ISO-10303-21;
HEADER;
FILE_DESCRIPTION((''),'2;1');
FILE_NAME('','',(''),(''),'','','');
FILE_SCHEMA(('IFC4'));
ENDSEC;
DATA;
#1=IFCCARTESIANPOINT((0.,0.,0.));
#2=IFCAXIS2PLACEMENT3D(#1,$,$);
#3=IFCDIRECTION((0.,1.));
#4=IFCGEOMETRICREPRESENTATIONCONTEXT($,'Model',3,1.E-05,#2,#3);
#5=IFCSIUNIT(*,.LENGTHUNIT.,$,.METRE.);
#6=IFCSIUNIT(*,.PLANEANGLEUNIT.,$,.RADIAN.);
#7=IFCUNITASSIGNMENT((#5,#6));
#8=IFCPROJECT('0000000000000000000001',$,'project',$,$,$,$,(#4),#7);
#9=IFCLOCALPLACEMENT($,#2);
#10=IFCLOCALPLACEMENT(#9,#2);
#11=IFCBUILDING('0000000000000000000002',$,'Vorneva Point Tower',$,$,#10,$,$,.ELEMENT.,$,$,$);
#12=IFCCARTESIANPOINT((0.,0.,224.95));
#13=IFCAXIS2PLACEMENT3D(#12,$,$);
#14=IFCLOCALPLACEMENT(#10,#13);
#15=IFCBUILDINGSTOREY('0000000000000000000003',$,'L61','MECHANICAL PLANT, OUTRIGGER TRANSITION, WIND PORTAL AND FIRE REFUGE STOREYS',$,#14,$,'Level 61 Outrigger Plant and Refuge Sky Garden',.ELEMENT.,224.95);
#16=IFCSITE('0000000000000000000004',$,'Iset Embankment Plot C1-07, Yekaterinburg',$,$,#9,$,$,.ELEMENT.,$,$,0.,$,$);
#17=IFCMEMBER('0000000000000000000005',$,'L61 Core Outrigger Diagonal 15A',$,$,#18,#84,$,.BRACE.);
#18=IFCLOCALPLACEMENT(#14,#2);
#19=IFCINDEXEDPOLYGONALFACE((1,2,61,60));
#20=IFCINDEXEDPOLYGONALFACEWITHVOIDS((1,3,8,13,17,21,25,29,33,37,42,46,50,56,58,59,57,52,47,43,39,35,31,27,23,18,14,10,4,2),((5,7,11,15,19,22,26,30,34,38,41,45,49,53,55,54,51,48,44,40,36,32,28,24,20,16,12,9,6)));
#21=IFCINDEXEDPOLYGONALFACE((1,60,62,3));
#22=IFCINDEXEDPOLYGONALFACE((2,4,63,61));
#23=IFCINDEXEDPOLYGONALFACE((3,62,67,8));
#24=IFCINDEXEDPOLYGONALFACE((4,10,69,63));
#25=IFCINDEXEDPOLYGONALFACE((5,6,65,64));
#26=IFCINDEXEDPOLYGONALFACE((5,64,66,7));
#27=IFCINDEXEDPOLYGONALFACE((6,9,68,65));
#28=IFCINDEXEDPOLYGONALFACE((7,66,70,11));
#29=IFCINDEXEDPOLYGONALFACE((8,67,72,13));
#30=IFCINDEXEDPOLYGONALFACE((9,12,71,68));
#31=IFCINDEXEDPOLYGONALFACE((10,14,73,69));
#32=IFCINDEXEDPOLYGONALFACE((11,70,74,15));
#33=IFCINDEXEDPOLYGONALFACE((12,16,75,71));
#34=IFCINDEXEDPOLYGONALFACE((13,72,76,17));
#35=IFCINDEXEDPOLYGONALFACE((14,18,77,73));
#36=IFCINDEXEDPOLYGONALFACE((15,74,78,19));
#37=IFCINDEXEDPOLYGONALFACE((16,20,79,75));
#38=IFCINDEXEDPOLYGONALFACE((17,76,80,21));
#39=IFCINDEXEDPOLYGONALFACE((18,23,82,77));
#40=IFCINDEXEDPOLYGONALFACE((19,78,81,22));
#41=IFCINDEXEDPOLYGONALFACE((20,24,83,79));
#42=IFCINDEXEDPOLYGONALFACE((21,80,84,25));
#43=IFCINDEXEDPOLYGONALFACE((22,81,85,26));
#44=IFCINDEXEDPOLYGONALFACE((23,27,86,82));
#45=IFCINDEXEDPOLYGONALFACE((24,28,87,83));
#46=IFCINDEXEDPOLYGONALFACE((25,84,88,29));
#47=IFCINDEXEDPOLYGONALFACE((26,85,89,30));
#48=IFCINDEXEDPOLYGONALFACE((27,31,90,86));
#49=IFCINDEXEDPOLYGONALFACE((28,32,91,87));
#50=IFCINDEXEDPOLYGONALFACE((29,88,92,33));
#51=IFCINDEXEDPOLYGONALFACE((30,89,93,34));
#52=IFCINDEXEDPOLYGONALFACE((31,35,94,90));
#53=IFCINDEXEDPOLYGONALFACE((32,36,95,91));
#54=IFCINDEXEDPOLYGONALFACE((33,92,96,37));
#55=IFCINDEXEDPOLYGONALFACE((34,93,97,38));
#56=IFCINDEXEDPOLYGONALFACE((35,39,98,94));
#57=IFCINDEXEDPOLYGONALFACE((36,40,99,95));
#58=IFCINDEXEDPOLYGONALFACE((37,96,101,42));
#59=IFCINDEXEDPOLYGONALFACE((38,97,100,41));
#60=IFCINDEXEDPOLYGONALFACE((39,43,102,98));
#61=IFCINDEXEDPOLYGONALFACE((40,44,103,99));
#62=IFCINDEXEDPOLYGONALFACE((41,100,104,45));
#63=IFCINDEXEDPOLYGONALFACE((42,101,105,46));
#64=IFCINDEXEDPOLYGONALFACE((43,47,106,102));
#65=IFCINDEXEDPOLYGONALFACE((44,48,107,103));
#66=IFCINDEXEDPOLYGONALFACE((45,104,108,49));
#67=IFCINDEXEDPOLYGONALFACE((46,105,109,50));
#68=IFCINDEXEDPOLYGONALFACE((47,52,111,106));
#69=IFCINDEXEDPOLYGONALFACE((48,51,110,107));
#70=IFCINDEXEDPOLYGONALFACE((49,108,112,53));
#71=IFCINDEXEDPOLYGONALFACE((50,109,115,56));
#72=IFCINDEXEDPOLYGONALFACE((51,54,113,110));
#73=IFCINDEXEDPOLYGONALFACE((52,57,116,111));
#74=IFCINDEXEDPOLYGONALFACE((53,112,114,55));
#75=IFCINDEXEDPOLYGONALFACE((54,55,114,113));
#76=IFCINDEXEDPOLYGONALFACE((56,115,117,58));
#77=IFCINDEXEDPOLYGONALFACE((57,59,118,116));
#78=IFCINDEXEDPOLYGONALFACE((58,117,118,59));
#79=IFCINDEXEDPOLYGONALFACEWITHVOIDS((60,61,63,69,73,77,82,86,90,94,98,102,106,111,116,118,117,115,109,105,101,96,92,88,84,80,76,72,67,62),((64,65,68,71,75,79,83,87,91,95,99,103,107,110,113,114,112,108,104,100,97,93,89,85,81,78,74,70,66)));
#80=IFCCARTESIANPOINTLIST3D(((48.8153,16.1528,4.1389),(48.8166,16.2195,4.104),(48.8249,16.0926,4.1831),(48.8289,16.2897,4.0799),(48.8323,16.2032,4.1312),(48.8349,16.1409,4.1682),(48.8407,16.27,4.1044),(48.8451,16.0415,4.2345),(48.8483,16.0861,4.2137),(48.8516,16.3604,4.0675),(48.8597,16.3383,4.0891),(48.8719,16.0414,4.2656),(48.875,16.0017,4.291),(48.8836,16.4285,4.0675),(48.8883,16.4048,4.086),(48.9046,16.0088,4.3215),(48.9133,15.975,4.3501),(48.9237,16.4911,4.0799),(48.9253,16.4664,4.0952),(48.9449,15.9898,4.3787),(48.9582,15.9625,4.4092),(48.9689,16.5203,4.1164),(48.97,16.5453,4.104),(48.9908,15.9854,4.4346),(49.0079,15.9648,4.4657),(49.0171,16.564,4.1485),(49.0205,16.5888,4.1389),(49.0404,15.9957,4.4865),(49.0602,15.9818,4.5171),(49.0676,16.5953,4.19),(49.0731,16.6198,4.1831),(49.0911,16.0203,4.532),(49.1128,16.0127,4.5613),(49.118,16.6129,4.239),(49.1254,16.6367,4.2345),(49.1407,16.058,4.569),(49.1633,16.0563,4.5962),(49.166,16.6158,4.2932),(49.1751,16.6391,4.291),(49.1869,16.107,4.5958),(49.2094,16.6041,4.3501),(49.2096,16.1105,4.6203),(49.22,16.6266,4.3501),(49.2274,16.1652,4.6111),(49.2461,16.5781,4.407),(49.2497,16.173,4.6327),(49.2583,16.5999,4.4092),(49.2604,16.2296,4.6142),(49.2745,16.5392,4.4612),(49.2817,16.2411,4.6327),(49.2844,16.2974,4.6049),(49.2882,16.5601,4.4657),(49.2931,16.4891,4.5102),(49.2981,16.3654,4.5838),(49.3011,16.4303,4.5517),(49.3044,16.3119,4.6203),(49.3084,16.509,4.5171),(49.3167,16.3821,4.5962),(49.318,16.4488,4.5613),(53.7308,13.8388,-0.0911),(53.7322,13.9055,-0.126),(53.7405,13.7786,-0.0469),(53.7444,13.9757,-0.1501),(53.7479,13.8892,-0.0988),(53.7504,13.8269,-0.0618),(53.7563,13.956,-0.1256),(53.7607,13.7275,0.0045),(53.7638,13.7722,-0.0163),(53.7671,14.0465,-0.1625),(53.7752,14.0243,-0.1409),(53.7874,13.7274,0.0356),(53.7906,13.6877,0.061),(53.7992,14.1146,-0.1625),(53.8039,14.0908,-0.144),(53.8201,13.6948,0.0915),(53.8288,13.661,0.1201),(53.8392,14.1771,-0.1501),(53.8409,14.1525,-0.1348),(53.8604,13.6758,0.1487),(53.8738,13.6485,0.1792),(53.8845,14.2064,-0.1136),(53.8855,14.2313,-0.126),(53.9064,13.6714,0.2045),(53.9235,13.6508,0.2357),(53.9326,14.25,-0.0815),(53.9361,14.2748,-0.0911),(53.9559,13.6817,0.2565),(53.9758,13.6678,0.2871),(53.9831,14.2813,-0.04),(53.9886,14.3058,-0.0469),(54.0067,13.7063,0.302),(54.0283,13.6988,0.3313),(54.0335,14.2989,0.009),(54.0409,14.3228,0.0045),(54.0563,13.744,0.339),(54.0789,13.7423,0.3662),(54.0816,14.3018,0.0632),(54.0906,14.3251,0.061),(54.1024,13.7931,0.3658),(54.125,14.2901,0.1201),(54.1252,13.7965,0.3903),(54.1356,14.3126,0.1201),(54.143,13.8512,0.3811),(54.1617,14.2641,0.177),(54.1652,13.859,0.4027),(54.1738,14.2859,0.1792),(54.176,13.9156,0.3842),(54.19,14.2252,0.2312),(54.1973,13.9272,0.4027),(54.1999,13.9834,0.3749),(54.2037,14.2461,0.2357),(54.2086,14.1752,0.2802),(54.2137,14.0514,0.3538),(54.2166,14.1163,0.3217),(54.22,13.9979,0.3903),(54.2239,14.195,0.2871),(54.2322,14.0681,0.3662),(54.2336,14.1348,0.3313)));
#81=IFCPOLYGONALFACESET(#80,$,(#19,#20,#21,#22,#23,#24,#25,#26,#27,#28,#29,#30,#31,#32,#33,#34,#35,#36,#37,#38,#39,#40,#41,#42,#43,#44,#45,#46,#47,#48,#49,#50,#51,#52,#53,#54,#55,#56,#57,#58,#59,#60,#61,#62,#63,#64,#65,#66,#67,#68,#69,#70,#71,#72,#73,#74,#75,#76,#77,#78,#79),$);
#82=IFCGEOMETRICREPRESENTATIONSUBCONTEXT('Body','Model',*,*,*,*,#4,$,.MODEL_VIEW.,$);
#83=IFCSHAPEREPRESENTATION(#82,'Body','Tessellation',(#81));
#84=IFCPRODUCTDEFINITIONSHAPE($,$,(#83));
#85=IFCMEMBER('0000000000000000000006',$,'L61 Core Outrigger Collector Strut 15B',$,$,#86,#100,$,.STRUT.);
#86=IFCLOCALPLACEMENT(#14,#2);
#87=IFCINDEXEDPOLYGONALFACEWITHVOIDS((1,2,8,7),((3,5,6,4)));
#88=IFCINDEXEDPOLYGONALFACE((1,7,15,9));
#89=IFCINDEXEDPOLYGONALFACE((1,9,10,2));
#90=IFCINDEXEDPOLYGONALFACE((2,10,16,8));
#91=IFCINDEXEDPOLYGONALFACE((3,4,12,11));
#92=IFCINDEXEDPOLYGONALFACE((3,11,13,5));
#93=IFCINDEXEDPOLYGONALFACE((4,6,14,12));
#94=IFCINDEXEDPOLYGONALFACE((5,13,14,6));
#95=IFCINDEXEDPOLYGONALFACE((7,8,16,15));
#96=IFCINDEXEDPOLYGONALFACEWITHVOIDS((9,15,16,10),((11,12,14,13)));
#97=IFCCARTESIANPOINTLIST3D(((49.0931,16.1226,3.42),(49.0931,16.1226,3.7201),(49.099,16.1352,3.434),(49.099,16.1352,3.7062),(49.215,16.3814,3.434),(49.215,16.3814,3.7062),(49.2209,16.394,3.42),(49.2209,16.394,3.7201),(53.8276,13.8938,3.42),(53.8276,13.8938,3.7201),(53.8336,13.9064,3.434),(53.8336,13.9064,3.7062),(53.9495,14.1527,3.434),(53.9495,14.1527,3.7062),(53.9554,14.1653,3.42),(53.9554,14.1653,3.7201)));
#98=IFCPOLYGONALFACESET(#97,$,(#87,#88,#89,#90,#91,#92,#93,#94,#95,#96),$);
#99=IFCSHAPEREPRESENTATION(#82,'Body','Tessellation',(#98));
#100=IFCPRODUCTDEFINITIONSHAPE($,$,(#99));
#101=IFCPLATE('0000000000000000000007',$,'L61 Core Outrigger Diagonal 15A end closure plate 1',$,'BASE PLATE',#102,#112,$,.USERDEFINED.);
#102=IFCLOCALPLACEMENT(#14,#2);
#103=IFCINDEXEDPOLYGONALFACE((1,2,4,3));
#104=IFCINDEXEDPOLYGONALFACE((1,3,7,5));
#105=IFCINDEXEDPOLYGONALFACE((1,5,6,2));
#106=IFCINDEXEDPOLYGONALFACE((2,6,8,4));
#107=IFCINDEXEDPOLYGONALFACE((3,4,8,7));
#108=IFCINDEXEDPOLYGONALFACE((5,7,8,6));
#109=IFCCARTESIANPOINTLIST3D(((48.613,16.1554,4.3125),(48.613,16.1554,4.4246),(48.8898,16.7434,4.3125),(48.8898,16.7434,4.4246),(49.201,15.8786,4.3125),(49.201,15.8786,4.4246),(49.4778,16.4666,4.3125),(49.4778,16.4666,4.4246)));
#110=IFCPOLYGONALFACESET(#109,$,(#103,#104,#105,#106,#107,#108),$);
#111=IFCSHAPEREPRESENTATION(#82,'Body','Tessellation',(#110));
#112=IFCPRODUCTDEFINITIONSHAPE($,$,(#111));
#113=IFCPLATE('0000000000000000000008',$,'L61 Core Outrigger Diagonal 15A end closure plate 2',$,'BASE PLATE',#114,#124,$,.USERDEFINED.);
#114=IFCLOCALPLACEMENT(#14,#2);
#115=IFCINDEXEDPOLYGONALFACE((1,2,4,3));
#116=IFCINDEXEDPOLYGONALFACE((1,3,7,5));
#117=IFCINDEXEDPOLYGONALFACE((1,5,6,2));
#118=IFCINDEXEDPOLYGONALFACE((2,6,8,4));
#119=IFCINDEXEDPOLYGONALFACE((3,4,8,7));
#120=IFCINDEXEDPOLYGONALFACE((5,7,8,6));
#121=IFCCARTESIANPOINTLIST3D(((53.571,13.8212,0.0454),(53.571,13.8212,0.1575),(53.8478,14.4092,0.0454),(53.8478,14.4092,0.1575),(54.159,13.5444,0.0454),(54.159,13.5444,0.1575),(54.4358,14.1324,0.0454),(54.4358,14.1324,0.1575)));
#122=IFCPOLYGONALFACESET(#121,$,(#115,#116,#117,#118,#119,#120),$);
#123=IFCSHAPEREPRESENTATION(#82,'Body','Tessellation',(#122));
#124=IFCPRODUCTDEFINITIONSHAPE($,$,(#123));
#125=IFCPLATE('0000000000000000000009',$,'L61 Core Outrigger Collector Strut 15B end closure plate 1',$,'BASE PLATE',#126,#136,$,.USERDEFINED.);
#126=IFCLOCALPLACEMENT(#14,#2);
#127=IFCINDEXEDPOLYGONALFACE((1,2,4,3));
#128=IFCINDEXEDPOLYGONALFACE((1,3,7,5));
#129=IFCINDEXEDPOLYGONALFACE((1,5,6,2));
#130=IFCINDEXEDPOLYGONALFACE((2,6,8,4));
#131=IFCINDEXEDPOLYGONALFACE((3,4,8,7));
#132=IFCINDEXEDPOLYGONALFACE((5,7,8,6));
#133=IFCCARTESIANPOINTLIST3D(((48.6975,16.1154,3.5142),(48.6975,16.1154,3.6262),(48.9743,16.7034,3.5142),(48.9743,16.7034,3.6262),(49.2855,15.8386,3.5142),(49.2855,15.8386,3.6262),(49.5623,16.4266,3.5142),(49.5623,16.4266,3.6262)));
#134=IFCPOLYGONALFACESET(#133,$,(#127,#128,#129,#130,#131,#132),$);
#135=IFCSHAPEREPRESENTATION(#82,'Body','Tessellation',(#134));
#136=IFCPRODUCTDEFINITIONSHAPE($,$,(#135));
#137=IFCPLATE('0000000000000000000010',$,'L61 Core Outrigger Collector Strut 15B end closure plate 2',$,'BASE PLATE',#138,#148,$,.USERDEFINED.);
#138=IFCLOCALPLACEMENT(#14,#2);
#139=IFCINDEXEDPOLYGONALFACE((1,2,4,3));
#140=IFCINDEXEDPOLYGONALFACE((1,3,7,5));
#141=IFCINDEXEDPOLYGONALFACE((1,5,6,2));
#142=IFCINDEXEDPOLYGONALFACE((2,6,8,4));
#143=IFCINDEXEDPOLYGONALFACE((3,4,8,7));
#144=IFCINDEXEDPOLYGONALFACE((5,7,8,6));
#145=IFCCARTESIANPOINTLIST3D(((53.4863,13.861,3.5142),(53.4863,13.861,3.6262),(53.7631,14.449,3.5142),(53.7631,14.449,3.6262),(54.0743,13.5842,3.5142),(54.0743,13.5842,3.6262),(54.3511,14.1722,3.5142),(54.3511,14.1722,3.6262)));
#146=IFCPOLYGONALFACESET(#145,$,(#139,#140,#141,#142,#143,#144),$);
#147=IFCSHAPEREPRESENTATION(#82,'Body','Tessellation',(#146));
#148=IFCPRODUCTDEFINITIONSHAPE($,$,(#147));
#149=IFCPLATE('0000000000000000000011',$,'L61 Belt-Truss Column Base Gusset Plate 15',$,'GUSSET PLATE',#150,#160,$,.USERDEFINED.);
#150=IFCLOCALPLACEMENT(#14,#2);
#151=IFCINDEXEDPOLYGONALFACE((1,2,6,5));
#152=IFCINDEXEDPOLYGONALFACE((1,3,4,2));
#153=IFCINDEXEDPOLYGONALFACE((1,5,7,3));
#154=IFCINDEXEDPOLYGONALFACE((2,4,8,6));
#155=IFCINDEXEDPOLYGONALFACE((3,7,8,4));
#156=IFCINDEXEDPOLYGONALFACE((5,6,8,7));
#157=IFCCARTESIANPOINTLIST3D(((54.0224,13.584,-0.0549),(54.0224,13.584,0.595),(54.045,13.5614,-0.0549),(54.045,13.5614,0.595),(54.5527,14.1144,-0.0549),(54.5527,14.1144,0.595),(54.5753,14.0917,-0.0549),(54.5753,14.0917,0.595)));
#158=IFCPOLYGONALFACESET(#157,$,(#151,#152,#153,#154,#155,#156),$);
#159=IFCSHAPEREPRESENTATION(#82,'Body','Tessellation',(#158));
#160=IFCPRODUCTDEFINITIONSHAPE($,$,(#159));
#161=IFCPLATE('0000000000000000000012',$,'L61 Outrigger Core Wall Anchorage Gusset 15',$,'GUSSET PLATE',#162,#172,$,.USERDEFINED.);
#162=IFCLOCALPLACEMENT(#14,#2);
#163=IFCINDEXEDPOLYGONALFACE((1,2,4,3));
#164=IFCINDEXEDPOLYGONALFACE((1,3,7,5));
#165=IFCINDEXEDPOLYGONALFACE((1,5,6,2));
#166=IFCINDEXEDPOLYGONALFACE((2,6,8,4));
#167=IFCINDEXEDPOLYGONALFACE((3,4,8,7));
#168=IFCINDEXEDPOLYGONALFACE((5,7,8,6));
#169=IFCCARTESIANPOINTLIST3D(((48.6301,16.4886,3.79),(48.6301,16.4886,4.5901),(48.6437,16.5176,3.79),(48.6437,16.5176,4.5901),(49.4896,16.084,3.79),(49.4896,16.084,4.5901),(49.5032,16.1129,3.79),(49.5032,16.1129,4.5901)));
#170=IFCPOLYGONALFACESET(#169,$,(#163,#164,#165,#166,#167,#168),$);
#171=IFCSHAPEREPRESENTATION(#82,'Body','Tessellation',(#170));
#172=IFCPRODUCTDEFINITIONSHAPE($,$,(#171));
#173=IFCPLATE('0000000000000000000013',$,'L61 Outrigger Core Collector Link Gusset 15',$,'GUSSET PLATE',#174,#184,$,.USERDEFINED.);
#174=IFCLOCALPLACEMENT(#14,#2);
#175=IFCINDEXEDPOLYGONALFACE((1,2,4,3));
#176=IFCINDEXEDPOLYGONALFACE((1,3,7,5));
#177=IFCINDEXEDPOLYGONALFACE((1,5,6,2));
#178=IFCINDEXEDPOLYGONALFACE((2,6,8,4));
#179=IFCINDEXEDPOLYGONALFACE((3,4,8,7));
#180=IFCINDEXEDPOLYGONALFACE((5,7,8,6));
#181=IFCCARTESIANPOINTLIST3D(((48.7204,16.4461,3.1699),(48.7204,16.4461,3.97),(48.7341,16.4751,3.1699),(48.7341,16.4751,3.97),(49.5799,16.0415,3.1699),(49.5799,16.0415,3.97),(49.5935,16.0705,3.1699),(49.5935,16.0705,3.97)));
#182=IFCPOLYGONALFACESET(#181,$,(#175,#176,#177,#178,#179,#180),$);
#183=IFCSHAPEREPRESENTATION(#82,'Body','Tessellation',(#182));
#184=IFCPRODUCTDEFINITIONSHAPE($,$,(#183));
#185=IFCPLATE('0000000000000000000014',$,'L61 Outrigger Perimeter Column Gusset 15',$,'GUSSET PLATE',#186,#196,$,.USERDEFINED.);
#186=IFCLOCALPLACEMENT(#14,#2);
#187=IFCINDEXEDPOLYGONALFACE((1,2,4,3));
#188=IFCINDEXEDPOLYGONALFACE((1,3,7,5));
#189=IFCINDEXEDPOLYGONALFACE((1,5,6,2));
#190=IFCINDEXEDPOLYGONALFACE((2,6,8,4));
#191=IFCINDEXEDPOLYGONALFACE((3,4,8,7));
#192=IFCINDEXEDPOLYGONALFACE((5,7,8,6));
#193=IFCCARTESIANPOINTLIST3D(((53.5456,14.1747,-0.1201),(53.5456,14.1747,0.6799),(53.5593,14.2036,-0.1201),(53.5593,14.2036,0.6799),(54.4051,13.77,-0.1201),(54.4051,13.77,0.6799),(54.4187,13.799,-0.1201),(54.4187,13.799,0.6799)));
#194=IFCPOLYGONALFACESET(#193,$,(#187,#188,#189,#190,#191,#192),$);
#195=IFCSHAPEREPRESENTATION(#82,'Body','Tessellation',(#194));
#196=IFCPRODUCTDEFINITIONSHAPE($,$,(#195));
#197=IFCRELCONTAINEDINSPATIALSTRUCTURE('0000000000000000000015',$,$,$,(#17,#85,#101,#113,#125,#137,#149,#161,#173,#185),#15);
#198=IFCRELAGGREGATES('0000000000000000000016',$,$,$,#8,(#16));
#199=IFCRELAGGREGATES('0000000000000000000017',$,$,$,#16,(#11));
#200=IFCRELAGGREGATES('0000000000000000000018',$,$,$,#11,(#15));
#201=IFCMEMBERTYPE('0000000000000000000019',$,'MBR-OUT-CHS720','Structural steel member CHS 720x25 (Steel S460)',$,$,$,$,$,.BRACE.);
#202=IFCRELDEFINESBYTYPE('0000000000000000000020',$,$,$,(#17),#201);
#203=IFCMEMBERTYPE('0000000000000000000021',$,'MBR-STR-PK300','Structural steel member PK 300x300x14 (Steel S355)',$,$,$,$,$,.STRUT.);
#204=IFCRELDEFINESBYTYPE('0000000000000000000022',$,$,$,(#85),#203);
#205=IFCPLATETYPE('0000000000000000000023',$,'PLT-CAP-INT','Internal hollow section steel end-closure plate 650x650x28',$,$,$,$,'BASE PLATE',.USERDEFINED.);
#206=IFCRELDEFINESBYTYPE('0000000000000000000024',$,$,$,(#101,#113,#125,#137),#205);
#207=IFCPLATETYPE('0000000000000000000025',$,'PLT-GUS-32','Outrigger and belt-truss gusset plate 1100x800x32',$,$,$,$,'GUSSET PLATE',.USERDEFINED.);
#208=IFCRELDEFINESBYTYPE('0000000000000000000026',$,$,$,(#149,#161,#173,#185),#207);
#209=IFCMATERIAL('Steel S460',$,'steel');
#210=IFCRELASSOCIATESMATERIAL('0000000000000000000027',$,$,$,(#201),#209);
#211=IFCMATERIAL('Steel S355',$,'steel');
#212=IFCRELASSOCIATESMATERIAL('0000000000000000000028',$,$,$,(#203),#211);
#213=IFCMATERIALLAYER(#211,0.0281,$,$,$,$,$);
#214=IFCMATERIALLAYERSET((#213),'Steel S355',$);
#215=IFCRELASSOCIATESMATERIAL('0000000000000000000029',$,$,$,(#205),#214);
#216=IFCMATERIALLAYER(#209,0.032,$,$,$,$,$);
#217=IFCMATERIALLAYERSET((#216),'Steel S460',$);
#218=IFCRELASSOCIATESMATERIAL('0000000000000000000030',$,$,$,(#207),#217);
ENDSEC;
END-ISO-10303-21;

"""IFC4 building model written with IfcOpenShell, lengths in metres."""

from ifc_helpers import new_model, si_unit, direction, frame, origin, origin_2d, place, context, subcontext, project, spatial, rectangle, hollow_rectangle, hollow_circle, extrude, material, layer, layer_set, material_profile, profile_set, type_object, element, save


model = new_model("IFC4")

# Units and contexts
model_context = context("Model", 3, precision=1e-05, world=origin(), true_north=direction((0.0, 1.0)))
body_context = subcontext(model_context, "Body", "Model", "MODEL_VIEW")
ifc_project = project(units=[si_unit("LENGTHUNIT", "METRE"), si_unit("PLANEANGLEUNIT", "RADIAN")], contexts=[model_context])

# Site, building, storey
site_placement = place(None, origin())
site = spatial("IfcSite", under=ifc_project, at=site_placement, Name="Iset Embankment Plot C1-07, Yekaterinburg", CompositionType="ELEMENT", RefElevation=0.0)
building_placement = place(site_placement, origin())
building = spatial("IfcBuilding", under=site, at=building_placement, Name="Vorneva Point Tower", CompositionType="ELEMENT")
storey_placement = place(building_placement, frame((0.0, 0.0, 224.95)))
storey = spatial("IfcBuildingStorey", under=building, at=storey_placement, Name="L61", Description="MECHANICAL PLANT, OUTRIGGER TRANSITION, WIND PORTAL AND FIRE REFUGE STOREYS", LongName="Level 61 Outrigger Plant and Refuge Sky Garden", CompositionType="ELEMENT", Elevation=224.95)

# Shared definitions
ifc_material_1 = material(Name="Steel S460", Category="steel")
ifc_material_2 = material(Name="Steel S355", Category="steel")

# Members
ifc_material_profile_1 = material_profile(ifc_material_1, hollow_circle(Radius=0.3601, WallThickness=0.0249, at=origin_2d()), Name="CHS 720x25")
ifc_profile_set_1 = profile_set([ifc_material_profile_1], Name="Steel S460")
member_type_1 = type_object("IfcMemberType", Name="MBR-OUT-CHS720", Description="Structural steel member CHS 720x25 (Steel S460)", PredefinedType="BRACE", material=ifc_profile_set_1)
member_1_placement = place(storey_placement, frame((49.0667, 16.3008, 4.3501), z_axis=(0.713899, -0.336065, -0.614335), x_axis=(0.425914, 0.904764, 0.0)))
element("IfcMember", 1, at=member_1_placement, inside=storey, type_object=member_type_1, Name="L61 Core Outrigger Diagonal 15A", PredefinedType="BRACE", context=body_context, shape_type="SweptSolid", body=[
    extrude(hollow_circle(Radius=0.3601, WallThickness=0.0249, at=origin_2d()), origin(), (0.0, 0.0, 1.0), 6.8855),
])
ifc_material_profile_2 = material_profile(ifc_material_2, hollow_rectangle(XDim=0.3, YDim=0.3, WallThickness=0.0139, at=origin_2d()), Name="PK 300x300x14")
ifc_profile_set_2 = profile_set([ifc_material_profile_2], Name="Steel S355")
member_type_2 = type_object("IfcMemberType", Name="MBR-STR-PK300", Description="Structural steel member PK 300x300x14 (Steel S355)", PredefinedType="STRUT", material=ifc_profile_set_2)
member_2_placement = place(storey_placement, frame((49.157, 16.2583, 3.5701), z_axis=(0.904767, -0.425907, 0.0), x_axis=(0.425907, 0.904767, 0.0)))
element("IfcMember", 2, at=member_2_placement, inside=storey, type_object=member_type_2, Name="L61 Core Outrigger Collector Strut 15B", PredefinedType="STRUT", context=body_context, shape_type="SweptSolid", body=[
    extrude(hollow_rectangle(XDim=0.3, YDim=0.3, WallThickness=0.0139, at=origin_2d()), origin(), (0.0, 0.0, 1.0), 5.2329),
])

# Plates
ifc_layer_1 = layer(ifc_material_2, 0.0281)
ifc_layer_set_1 = layer_set([ifc_layer_1], Name="Steel S355")
plate_type_1 = type_object("IfcPlateType", Name="PLT-CAP-INT", Description="Internal hollow section steel end-closure plate 650x650x28", ElementType="BASE PLATE", PredefinedType="USERDEFINED", material=ifc_layer_set_1)
for number, where, z_axis, x_axis, name in (
    (3, (49.0454, 16.311, 4.3125), (0.0, 0.0, 1.0), (0.90476, -0.425921, 0.0), "L61 Core Outrigger Diagonal 15A end closure plate 1"),
    (4, (54.0034, 13.9768, 0.0454), (0.0, 0.0, 1.0), (0.90476, -0.425921, 0.0), "L61 Core Outrigger Diagonal 15A end closure plate 2"),
    (5, (49.1299, 16.271, 3.5142), (0.0, 0.0, 1.0), (0.90476, -0.425921, 0.0), "L61 Core Outrigger Collector Strut 15B end closure plate 1"),
    (6, (53.9187, 14.0166, 3.5142), (0.0, 0.0, 1.0), (0.90476, -0.425921, 0.0), "L61 Core Outrigger Collector Strut 15B end closure plate 2"),
):
    element("IfcPlate", number, at=place(storey_placement, frame(where, z_axis=z_axis, x_axis=x_axis)), inside=storey, type_object=plate_type_1, Name=name, ObjectType="BASE PLATE", PredefinedType="USERDEFINED", context=body_context, shape_type="SweptSolid", body=[
        extrude(rectangle(XDim=0.6499, YDim=0.6499, at=origin_2d()), origin(), (0.0, 0.0, 1.0), 0.1121),
    ])
ifc_layer_2 = layer(ifc_material_1, 0.032)
ifc_layer_set_2 = layer_set([ifc_layer_2], Name="Steel S460")
plate_type_2 = type_object("IfcPlateType", Name="PLT-GUS-32", Description="Outrigger and belt-truss gusset plate 1100x800x32", ElementType="GUSSET PLATE", PredefinedType="USERDEFINED", material=ifc_layer_set_2)
plate_placement = place(storey_placement, frame((54.2988, 13.8379, -0.0549), z_axis=(0.0, 0.0, 1.0), x_axis=(0.707107, 0.707107, 0.0)))
element("IfcPlate", 7, at=plate_placement, inside=storey, type_object=plate_type_2, Name="L61 Belt-Truss Column Base Gusset Plate 15", ObjectType="GUSSET PLATE", PredefinedType="USERDEFINED", context=body_context, shape_type="SweptSolid", body=[
    extrude(rectangle(XDim=0.75, YDim=0.032, at=origin_2d()), origin(), (0.0, 0.0, 1.0), 0.6499),
])
for number, where, z_axis, x_axis, name in (
    (8, (49.0667, 16.3008, 3.79), (0.0, 0.0, 1.0), (0.904753, -0.425937, 0.0), "L61 Outrigger Core Wall Anchorage Gusset 15"),
    (9, (49.157, 16.2583, 3.1699), (0.0, 0.0, 1.0), (0.904753, -0.425937, 0.0), "L61 Outrigger Core Collector Link Gusset 15"),
    (10, (53.9822, 13.9868, -0.1201), (0.0, 0.0, 1.0), (0.904753, -0.425937, 0.0), "L61 Outrigger Perimeter Column Gusset 15"),
):
    element("IfcPlate", number, at=place(storey_placement, frame(where, z_axis=z_axis, x_axis=x_axis)), inside=storey, type_object=plate_type_2, Name=name, ObjectType="GUSSET PLATE", PredefinedType="USERDEFINED", context=body_context, shape_type="SweptSolid", body=[
        extrude(rectangle(XDim=0.95, YDim=0.032, at=origin_2d()), origin(), (0.0, 0.0, 1.0), 0.8),
    ])

save(model, "model.ifc")
